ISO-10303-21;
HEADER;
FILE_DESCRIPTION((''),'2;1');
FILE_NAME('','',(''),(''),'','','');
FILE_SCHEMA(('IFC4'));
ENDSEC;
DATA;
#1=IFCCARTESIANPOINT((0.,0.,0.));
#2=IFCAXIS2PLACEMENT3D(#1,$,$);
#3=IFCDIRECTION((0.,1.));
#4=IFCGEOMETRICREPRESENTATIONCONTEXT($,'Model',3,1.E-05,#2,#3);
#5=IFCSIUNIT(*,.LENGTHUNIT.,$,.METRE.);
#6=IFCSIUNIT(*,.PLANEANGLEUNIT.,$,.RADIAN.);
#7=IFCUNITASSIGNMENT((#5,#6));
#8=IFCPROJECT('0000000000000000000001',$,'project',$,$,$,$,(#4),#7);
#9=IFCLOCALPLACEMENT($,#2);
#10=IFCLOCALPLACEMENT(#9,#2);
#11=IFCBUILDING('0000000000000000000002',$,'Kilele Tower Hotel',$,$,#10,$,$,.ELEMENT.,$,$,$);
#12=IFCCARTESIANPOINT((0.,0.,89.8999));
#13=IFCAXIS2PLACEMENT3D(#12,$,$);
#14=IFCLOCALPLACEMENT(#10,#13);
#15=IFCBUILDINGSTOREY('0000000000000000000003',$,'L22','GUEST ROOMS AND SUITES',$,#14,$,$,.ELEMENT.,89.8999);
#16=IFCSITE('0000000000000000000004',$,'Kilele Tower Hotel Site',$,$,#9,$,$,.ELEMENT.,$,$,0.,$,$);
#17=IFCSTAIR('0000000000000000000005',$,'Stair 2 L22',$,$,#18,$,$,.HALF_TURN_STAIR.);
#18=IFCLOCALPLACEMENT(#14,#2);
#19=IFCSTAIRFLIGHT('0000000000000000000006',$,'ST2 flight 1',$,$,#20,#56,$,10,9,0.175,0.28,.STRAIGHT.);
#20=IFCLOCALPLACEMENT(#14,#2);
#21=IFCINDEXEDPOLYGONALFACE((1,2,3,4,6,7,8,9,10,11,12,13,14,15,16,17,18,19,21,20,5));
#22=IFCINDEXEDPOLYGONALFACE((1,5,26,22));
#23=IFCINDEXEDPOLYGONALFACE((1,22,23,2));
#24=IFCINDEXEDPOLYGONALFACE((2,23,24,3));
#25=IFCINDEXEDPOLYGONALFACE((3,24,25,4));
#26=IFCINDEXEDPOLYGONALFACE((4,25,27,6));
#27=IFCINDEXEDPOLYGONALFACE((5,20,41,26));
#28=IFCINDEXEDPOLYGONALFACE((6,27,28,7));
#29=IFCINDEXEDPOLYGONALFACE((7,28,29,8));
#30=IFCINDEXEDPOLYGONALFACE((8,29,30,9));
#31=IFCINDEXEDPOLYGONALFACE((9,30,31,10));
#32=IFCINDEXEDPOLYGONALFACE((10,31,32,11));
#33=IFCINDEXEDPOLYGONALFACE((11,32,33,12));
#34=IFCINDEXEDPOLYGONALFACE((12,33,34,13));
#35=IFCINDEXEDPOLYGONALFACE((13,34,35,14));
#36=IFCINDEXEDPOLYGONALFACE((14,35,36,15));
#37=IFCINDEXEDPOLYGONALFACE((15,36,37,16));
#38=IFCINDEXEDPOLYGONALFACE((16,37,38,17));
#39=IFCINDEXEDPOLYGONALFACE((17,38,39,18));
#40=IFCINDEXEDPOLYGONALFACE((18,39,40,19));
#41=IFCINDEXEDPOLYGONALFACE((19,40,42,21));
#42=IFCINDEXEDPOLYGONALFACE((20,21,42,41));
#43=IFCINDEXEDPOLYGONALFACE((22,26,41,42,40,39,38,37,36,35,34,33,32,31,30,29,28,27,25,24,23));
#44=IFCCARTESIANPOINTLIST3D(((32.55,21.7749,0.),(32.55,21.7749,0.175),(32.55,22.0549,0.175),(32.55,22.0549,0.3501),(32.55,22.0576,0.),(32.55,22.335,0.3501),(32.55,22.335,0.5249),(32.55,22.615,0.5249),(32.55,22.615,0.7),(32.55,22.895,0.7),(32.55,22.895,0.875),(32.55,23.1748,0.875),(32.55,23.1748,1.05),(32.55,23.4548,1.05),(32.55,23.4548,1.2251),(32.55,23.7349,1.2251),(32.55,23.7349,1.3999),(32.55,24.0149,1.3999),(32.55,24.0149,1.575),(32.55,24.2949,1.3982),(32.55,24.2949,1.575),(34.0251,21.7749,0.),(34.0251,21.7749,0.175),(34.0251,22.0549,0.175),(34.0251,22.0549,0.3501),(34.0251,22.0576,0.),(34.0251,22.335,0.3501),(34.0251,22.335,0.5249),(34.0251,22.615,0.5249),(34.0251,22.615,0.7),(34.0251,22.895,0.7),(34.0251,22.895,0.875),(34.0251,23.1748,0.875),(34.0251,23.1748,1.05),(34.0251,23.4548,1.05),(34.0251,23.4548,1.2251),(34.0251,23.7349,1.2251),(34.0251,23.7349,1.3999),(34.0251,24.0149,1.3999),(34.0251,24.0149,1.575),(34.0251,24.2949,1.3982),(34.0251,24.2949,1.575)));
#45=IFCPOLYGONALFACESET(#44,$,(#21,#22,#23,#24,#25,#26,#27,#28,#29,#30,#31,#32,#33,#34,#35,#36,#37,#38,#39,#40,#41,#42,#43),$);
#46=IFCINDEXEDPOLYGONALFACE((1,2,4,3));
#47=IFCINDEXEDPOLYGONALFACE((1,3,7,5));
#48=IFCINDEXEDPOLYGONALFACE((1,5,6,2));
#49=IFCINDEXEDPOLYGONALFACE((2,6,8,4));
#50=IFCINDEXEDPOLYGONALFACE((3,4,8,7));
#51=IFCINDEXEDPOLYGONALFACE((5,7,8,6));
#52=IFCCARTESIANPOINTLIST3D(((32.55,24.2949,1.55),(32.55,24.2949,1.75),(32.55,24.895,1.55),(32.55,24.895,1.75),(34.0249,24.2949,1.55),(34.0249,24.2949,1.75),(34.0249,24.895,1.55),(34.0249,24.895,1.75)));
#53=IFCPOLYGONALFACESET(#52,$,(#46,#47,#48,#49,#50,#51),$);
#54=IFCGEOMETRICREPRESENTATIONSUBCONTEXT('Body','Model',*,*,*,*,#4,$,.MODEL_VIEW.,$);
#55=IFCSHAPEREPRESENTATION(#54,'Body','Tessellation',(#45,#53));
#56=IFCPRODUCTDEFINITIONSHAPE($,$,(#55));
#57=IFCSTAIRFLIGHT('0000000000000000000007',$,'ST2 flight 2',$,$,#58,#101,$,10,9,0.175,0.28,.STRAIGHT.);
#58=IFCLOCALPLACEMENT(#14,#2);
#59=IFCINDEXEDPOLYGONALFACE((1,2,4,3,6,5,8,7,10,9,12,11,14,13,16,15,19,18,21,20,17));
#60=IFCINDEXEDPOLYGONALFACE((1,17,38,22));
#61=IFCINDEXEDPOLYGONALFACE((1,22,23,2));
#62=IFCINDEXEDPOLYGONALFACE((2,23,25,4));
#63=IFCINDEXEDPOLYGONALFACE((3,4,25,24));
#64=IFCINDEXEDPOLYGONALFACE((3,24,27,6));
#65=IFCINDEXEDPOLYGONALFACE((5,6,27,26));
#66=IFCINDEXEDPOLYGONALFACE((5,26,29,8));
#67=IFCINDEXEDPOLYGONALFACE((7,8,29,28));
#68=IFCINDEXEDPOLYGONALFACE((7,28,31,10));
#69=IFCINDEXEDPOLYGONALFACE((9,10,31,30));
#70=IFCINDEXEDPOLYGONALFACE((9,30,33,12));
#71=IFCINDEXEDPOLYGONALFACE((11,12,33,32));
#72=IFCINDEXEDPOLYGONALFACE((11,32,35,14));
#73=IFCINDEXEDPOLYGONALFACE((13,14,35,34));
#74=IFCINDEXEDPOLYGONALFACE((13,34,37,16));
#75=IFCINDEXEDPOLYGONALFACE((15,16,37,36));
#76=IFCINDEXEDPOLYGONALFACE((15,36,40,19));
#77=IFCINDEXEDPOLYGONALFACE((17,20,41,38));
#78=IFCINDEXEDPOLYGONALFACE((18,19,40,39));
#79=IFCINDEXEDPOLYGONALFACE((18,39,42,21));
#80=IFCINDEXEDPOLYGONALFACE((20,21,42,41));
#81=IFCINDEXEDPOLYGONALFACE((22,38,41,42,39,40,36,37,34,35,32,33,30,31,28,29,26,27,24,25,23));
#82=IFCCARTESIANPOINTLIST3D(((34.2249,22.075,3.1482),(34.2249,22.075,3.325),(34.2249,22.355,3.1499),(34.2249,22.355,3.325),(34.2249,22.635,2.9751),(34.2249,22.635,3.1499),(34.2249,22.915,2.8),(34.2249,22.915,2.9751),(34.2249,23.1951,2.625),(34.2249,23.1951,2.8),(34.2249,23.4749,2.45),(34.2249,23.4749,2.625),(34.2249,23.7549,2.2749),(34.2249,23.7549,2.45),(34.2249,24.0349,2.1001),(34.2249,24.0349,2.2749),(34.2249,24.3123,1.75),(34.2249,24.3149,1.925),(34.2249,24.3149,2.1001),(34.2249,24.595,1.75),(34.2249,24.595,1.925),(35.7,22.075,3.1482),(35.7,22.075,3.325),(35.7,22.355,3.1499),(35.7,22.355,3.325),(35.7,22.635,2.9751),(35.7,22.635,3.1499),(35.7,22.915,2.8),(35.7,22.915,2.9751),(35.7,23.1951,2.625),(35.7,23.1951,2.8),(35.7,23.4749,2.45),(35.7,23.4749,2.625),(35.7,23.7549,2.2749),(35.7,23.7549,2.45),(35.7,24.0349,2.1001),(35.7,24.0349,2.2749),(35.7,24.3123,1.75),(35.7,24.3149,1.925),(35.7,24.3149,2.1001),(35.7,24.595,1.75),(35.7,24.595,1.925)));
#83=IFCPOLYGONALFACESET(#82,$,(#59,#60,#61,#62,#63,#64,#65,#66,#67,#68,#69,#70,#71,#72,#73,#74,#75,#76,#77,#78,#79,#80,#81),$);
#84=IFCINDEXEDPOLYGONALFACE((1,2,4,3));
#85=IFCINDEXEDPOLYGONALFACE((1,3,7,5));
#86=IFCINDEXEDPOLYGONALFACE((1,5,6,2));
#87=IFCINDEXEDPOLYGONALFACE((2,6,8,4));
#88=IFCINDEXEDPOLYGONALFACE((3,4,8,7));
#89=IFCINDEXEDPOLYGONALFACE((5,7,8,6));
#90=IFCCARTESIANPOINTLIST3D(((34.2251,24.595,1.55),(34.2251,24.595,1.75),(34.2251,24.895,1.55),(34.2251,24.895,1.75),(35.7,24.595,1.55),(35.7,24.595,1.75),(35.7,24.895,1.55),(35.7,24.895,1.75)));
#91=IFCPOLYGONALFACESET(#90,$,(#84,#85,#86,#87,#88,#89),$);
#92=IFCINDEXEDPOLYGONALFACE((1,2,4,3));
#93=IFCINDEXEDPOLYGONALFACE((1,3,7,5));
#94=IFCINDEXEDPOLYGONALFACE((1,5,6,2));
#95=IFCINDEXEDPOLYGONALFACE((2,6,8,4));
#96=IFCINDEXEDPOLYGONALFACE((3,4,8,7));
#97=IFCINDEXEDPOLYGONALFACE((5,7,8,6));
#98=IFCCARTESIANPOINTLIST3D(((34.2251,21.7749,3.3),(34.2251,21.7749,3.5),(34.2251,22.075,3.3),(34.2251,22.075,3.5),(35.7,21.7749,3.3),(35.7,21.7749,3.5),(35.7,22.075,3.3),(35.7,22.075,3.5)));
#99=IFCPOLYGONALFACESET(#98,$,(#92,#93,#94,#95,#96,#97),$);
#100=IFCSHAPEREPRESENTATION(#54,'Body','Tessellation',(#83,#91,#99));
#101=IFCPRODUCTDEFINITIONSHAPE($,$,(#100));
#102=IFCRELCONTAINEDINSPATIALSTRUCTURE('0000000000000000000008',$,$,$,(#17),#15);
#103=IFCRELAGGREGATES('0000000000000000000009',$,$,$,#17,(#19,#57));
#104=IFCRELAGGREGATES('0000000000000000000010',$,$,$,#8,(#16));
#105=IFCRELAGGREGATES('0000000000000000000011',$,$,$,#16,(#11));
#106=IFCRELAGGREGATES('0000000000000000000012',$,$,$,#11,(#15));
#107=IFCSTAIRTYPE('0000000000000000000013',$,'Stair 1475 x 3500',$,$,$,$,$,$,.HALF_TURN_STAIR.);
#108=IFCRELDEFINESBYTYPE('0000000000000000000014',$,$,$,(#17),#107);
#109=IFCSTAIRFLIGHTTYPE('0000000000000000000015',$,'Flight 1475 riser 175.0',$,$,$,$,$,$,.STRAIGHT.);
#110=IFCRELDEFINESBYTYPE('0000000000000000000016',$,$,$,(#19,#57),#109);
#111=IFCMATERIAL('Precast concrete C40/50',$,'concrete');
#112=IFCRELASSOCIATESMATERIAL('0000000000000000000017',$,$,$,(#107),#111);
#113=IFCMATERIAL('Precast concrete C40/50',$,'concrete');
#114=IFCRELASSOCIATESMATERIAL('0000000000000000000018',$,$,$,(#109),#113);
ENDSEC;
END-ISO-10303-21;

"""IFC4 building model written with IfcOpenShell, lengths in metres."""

from ifc_helpers import new_model, si_unit, direction, frame, origin, place, context, subcontext, project, spatial, polyline, outline, extrude, material, type_object, element, aggregate, save


model = new_model("IFC4")

# Units and contexts
model_context = context("Model", 3, precision=1e-05, world=origin(), true_north=direction((0.0, 1.0)))
body_context = subcontext(model_context, "Body", "Model", "MODEL_VIEW")
ifc_project = project(units=[si_unit("LENGTHUNIT", "METRE"), si_unit("PLANEANGLEUNIT", "RADIAN")], contexts=[model_context])

# Site, building, storey
site_placement = place(None, origin())
site = spatial("IfcSite", under=ifc_project, at=site_placement, Name="Kilele Tower Hotel Site", CompositionType="ELEMENT", RefElevation=0.0)
building_placement = place(site_placement, origin())
building = spatial("IfcBuilding", under=site, at=building_placement, Name="Kilele Tower Hotel", CompositionType="ELEMENT")
storey_placement = place(building_placement, frame((0.0, 0.0, 89.8999)))
storey = spatial("IfcBuildingStorey", under=building, at=storey_placement, Name="L22", Description="GUEST ROOMS AND SUITES", CompositionType="ELEMENT", Elevation=89.8999)

# Stair, stair flights
ifc_material_1 = material(Name="Precast concrete C40/50", Category="concrete")
stair_type = type_object("IfcStairType", Name="Stair 1475 x 3500", PredefinedType="HALF_TURN_STAIR", material=ifc_material_1)
stair_placement = place(storey_placement, origin())
stair = element("IfcStair", 1, at=stair_placement, inside=storey, type_object=stair_type, Name="Stair 2 L22", PredefinedType="HALF_TURN_STAIR")
ifc_material_2 = material(Name="Precast concrete C40/50", Category="concrete")
stair_flight_type = type_object("IfcStairFlightType", Name="Flight 1475 riser 175.0", PredefinedType="STRAIGHT", material=ifc_material_2)
stair_flight_1_placement = place(storey_placement, frame((33.2876, 21.7749, 0.0), z_axis=(0.0, 0.0, 1.0), x_axis=(0.0, 1.0, 0.0)))
stair_flight_1 = element("IfcStairFlight", 2, at=stair_flight_1_placement, type_object=stair_flight_type, Name="ST2 flight 1", NumberOfRisers=10, NumberOfTreads=9, PredefinedType="STRAIGHT", RiserHeight=0.175, TreadLength=0.28, context=body_context, shape_type="SweptSolid", body=[
    extrude(outline(polyline([(0.0, 0.0), (0.0, 0.175), (0.28, 0.175), (0.28, 0.3501), (0.5601, 0.3501), (0.5601, 0.5249), (0.8401, 0.5249), (0.8401, 0.7), (1.1201, 0.7), (1.1201, 0.875), (1.3999, 0.875), (1.3999, 1.05), (1.6799, 1.05), (1.6799, 1.2251), (1.96, 1.2251), (1.96, 1.3999), (2.24, 1.3999), (2.24, 1.575), (2.52, 1.575), (2.52, 1.75), (2.52, 1.3982), (0.2827, 0.0), (0.0, 0.0)])), frame((0.0, 0.7375, 0.0), z_axis=(0.0, -1.0, 0.0), x_axis=(1.0, 0.0, 0.0)), (0.0, 0.0, 1.0), 1.4751),
    extrude(outline(polyline([(2.52, 0.7375), (2.52, -0.7373), (3.1201, -0.7373), (3.1201, 0.7375), (2.52, 0.7375)])), frame((0.0, 0.0, 1.55)), (0.0, 0.0, 1.0), 0.2),
])
stair_flight_2_placement = place(storey_placement, frame((34.9624, 24.595, 1.75), z_axis=(0.0, 0.0, 1.0), x_axis=(0.0, -1.0, 0.0)))
stair_flight_2 = element("IfcStairFlight", 3, at=stair_flight_2_placement, type_object=stair_flight_type, Name="ST2 flight 2", NumberOfRisers=10, NumberOfTreads=9, PredefinedType="STRAIGHT", RiserHeight=0.175, TreadLength=0.28, context=body_context, shape_type="SweptSolid", body=[
    extrude(outline(polyline([(0.0, 0.0), (0.0, 0.175), (0.28, 0.175), (0.28, 0.3501), (0.5601, 0.3501), (0.5601, 0.5249), (0.8401, 0.5249), (0.8401, 0.7), (1.1201, 0.7), (1.1201, 0.875), (1.3999, 0.875), (1.3999, 1.05), (1.6799, 1.05), (1.6799, 1.2251), (1.96, 1.2251), (1.96, 1.3999), (2.24, 1.3999), (2.24, 1.575), (2.52, 1.575), (2.52, 1.75), (2.52, 1.3982), (0.2827, 0.0), (0.0, 0.0)])), frame((0.0, 0.7375, 0.0), z_axis=(0.0, -1.0, 0.0), x_axis=(1.0, 0.0, 0.0)), (0.0, 0.0, 1.0), 1.4751),
    extrude(outline(polyline([(0.0, -0.7373), (0.0, 0.7375), (-0.3, 0.7375), (-0.3, -0.7373), (0.0, -0.7373)])), frame((0.0, 0.0, -0.2)), (0.0, 0.0, 1.0), 0.2),
    extrude(outline(polyline([(2.8201, -0.7373), (2.8201, 0.7375), (2.52, 0.7375), (2.52, -0.7373), (2.8201, -0.7373)])), frame((0.0, 0.0, 1.55)), (0.0, 0.0, 1.0), 0.2),
])
aggregate(stair, [stair_flight_1, stair_flight_2])

save(model, "model.ifc")
